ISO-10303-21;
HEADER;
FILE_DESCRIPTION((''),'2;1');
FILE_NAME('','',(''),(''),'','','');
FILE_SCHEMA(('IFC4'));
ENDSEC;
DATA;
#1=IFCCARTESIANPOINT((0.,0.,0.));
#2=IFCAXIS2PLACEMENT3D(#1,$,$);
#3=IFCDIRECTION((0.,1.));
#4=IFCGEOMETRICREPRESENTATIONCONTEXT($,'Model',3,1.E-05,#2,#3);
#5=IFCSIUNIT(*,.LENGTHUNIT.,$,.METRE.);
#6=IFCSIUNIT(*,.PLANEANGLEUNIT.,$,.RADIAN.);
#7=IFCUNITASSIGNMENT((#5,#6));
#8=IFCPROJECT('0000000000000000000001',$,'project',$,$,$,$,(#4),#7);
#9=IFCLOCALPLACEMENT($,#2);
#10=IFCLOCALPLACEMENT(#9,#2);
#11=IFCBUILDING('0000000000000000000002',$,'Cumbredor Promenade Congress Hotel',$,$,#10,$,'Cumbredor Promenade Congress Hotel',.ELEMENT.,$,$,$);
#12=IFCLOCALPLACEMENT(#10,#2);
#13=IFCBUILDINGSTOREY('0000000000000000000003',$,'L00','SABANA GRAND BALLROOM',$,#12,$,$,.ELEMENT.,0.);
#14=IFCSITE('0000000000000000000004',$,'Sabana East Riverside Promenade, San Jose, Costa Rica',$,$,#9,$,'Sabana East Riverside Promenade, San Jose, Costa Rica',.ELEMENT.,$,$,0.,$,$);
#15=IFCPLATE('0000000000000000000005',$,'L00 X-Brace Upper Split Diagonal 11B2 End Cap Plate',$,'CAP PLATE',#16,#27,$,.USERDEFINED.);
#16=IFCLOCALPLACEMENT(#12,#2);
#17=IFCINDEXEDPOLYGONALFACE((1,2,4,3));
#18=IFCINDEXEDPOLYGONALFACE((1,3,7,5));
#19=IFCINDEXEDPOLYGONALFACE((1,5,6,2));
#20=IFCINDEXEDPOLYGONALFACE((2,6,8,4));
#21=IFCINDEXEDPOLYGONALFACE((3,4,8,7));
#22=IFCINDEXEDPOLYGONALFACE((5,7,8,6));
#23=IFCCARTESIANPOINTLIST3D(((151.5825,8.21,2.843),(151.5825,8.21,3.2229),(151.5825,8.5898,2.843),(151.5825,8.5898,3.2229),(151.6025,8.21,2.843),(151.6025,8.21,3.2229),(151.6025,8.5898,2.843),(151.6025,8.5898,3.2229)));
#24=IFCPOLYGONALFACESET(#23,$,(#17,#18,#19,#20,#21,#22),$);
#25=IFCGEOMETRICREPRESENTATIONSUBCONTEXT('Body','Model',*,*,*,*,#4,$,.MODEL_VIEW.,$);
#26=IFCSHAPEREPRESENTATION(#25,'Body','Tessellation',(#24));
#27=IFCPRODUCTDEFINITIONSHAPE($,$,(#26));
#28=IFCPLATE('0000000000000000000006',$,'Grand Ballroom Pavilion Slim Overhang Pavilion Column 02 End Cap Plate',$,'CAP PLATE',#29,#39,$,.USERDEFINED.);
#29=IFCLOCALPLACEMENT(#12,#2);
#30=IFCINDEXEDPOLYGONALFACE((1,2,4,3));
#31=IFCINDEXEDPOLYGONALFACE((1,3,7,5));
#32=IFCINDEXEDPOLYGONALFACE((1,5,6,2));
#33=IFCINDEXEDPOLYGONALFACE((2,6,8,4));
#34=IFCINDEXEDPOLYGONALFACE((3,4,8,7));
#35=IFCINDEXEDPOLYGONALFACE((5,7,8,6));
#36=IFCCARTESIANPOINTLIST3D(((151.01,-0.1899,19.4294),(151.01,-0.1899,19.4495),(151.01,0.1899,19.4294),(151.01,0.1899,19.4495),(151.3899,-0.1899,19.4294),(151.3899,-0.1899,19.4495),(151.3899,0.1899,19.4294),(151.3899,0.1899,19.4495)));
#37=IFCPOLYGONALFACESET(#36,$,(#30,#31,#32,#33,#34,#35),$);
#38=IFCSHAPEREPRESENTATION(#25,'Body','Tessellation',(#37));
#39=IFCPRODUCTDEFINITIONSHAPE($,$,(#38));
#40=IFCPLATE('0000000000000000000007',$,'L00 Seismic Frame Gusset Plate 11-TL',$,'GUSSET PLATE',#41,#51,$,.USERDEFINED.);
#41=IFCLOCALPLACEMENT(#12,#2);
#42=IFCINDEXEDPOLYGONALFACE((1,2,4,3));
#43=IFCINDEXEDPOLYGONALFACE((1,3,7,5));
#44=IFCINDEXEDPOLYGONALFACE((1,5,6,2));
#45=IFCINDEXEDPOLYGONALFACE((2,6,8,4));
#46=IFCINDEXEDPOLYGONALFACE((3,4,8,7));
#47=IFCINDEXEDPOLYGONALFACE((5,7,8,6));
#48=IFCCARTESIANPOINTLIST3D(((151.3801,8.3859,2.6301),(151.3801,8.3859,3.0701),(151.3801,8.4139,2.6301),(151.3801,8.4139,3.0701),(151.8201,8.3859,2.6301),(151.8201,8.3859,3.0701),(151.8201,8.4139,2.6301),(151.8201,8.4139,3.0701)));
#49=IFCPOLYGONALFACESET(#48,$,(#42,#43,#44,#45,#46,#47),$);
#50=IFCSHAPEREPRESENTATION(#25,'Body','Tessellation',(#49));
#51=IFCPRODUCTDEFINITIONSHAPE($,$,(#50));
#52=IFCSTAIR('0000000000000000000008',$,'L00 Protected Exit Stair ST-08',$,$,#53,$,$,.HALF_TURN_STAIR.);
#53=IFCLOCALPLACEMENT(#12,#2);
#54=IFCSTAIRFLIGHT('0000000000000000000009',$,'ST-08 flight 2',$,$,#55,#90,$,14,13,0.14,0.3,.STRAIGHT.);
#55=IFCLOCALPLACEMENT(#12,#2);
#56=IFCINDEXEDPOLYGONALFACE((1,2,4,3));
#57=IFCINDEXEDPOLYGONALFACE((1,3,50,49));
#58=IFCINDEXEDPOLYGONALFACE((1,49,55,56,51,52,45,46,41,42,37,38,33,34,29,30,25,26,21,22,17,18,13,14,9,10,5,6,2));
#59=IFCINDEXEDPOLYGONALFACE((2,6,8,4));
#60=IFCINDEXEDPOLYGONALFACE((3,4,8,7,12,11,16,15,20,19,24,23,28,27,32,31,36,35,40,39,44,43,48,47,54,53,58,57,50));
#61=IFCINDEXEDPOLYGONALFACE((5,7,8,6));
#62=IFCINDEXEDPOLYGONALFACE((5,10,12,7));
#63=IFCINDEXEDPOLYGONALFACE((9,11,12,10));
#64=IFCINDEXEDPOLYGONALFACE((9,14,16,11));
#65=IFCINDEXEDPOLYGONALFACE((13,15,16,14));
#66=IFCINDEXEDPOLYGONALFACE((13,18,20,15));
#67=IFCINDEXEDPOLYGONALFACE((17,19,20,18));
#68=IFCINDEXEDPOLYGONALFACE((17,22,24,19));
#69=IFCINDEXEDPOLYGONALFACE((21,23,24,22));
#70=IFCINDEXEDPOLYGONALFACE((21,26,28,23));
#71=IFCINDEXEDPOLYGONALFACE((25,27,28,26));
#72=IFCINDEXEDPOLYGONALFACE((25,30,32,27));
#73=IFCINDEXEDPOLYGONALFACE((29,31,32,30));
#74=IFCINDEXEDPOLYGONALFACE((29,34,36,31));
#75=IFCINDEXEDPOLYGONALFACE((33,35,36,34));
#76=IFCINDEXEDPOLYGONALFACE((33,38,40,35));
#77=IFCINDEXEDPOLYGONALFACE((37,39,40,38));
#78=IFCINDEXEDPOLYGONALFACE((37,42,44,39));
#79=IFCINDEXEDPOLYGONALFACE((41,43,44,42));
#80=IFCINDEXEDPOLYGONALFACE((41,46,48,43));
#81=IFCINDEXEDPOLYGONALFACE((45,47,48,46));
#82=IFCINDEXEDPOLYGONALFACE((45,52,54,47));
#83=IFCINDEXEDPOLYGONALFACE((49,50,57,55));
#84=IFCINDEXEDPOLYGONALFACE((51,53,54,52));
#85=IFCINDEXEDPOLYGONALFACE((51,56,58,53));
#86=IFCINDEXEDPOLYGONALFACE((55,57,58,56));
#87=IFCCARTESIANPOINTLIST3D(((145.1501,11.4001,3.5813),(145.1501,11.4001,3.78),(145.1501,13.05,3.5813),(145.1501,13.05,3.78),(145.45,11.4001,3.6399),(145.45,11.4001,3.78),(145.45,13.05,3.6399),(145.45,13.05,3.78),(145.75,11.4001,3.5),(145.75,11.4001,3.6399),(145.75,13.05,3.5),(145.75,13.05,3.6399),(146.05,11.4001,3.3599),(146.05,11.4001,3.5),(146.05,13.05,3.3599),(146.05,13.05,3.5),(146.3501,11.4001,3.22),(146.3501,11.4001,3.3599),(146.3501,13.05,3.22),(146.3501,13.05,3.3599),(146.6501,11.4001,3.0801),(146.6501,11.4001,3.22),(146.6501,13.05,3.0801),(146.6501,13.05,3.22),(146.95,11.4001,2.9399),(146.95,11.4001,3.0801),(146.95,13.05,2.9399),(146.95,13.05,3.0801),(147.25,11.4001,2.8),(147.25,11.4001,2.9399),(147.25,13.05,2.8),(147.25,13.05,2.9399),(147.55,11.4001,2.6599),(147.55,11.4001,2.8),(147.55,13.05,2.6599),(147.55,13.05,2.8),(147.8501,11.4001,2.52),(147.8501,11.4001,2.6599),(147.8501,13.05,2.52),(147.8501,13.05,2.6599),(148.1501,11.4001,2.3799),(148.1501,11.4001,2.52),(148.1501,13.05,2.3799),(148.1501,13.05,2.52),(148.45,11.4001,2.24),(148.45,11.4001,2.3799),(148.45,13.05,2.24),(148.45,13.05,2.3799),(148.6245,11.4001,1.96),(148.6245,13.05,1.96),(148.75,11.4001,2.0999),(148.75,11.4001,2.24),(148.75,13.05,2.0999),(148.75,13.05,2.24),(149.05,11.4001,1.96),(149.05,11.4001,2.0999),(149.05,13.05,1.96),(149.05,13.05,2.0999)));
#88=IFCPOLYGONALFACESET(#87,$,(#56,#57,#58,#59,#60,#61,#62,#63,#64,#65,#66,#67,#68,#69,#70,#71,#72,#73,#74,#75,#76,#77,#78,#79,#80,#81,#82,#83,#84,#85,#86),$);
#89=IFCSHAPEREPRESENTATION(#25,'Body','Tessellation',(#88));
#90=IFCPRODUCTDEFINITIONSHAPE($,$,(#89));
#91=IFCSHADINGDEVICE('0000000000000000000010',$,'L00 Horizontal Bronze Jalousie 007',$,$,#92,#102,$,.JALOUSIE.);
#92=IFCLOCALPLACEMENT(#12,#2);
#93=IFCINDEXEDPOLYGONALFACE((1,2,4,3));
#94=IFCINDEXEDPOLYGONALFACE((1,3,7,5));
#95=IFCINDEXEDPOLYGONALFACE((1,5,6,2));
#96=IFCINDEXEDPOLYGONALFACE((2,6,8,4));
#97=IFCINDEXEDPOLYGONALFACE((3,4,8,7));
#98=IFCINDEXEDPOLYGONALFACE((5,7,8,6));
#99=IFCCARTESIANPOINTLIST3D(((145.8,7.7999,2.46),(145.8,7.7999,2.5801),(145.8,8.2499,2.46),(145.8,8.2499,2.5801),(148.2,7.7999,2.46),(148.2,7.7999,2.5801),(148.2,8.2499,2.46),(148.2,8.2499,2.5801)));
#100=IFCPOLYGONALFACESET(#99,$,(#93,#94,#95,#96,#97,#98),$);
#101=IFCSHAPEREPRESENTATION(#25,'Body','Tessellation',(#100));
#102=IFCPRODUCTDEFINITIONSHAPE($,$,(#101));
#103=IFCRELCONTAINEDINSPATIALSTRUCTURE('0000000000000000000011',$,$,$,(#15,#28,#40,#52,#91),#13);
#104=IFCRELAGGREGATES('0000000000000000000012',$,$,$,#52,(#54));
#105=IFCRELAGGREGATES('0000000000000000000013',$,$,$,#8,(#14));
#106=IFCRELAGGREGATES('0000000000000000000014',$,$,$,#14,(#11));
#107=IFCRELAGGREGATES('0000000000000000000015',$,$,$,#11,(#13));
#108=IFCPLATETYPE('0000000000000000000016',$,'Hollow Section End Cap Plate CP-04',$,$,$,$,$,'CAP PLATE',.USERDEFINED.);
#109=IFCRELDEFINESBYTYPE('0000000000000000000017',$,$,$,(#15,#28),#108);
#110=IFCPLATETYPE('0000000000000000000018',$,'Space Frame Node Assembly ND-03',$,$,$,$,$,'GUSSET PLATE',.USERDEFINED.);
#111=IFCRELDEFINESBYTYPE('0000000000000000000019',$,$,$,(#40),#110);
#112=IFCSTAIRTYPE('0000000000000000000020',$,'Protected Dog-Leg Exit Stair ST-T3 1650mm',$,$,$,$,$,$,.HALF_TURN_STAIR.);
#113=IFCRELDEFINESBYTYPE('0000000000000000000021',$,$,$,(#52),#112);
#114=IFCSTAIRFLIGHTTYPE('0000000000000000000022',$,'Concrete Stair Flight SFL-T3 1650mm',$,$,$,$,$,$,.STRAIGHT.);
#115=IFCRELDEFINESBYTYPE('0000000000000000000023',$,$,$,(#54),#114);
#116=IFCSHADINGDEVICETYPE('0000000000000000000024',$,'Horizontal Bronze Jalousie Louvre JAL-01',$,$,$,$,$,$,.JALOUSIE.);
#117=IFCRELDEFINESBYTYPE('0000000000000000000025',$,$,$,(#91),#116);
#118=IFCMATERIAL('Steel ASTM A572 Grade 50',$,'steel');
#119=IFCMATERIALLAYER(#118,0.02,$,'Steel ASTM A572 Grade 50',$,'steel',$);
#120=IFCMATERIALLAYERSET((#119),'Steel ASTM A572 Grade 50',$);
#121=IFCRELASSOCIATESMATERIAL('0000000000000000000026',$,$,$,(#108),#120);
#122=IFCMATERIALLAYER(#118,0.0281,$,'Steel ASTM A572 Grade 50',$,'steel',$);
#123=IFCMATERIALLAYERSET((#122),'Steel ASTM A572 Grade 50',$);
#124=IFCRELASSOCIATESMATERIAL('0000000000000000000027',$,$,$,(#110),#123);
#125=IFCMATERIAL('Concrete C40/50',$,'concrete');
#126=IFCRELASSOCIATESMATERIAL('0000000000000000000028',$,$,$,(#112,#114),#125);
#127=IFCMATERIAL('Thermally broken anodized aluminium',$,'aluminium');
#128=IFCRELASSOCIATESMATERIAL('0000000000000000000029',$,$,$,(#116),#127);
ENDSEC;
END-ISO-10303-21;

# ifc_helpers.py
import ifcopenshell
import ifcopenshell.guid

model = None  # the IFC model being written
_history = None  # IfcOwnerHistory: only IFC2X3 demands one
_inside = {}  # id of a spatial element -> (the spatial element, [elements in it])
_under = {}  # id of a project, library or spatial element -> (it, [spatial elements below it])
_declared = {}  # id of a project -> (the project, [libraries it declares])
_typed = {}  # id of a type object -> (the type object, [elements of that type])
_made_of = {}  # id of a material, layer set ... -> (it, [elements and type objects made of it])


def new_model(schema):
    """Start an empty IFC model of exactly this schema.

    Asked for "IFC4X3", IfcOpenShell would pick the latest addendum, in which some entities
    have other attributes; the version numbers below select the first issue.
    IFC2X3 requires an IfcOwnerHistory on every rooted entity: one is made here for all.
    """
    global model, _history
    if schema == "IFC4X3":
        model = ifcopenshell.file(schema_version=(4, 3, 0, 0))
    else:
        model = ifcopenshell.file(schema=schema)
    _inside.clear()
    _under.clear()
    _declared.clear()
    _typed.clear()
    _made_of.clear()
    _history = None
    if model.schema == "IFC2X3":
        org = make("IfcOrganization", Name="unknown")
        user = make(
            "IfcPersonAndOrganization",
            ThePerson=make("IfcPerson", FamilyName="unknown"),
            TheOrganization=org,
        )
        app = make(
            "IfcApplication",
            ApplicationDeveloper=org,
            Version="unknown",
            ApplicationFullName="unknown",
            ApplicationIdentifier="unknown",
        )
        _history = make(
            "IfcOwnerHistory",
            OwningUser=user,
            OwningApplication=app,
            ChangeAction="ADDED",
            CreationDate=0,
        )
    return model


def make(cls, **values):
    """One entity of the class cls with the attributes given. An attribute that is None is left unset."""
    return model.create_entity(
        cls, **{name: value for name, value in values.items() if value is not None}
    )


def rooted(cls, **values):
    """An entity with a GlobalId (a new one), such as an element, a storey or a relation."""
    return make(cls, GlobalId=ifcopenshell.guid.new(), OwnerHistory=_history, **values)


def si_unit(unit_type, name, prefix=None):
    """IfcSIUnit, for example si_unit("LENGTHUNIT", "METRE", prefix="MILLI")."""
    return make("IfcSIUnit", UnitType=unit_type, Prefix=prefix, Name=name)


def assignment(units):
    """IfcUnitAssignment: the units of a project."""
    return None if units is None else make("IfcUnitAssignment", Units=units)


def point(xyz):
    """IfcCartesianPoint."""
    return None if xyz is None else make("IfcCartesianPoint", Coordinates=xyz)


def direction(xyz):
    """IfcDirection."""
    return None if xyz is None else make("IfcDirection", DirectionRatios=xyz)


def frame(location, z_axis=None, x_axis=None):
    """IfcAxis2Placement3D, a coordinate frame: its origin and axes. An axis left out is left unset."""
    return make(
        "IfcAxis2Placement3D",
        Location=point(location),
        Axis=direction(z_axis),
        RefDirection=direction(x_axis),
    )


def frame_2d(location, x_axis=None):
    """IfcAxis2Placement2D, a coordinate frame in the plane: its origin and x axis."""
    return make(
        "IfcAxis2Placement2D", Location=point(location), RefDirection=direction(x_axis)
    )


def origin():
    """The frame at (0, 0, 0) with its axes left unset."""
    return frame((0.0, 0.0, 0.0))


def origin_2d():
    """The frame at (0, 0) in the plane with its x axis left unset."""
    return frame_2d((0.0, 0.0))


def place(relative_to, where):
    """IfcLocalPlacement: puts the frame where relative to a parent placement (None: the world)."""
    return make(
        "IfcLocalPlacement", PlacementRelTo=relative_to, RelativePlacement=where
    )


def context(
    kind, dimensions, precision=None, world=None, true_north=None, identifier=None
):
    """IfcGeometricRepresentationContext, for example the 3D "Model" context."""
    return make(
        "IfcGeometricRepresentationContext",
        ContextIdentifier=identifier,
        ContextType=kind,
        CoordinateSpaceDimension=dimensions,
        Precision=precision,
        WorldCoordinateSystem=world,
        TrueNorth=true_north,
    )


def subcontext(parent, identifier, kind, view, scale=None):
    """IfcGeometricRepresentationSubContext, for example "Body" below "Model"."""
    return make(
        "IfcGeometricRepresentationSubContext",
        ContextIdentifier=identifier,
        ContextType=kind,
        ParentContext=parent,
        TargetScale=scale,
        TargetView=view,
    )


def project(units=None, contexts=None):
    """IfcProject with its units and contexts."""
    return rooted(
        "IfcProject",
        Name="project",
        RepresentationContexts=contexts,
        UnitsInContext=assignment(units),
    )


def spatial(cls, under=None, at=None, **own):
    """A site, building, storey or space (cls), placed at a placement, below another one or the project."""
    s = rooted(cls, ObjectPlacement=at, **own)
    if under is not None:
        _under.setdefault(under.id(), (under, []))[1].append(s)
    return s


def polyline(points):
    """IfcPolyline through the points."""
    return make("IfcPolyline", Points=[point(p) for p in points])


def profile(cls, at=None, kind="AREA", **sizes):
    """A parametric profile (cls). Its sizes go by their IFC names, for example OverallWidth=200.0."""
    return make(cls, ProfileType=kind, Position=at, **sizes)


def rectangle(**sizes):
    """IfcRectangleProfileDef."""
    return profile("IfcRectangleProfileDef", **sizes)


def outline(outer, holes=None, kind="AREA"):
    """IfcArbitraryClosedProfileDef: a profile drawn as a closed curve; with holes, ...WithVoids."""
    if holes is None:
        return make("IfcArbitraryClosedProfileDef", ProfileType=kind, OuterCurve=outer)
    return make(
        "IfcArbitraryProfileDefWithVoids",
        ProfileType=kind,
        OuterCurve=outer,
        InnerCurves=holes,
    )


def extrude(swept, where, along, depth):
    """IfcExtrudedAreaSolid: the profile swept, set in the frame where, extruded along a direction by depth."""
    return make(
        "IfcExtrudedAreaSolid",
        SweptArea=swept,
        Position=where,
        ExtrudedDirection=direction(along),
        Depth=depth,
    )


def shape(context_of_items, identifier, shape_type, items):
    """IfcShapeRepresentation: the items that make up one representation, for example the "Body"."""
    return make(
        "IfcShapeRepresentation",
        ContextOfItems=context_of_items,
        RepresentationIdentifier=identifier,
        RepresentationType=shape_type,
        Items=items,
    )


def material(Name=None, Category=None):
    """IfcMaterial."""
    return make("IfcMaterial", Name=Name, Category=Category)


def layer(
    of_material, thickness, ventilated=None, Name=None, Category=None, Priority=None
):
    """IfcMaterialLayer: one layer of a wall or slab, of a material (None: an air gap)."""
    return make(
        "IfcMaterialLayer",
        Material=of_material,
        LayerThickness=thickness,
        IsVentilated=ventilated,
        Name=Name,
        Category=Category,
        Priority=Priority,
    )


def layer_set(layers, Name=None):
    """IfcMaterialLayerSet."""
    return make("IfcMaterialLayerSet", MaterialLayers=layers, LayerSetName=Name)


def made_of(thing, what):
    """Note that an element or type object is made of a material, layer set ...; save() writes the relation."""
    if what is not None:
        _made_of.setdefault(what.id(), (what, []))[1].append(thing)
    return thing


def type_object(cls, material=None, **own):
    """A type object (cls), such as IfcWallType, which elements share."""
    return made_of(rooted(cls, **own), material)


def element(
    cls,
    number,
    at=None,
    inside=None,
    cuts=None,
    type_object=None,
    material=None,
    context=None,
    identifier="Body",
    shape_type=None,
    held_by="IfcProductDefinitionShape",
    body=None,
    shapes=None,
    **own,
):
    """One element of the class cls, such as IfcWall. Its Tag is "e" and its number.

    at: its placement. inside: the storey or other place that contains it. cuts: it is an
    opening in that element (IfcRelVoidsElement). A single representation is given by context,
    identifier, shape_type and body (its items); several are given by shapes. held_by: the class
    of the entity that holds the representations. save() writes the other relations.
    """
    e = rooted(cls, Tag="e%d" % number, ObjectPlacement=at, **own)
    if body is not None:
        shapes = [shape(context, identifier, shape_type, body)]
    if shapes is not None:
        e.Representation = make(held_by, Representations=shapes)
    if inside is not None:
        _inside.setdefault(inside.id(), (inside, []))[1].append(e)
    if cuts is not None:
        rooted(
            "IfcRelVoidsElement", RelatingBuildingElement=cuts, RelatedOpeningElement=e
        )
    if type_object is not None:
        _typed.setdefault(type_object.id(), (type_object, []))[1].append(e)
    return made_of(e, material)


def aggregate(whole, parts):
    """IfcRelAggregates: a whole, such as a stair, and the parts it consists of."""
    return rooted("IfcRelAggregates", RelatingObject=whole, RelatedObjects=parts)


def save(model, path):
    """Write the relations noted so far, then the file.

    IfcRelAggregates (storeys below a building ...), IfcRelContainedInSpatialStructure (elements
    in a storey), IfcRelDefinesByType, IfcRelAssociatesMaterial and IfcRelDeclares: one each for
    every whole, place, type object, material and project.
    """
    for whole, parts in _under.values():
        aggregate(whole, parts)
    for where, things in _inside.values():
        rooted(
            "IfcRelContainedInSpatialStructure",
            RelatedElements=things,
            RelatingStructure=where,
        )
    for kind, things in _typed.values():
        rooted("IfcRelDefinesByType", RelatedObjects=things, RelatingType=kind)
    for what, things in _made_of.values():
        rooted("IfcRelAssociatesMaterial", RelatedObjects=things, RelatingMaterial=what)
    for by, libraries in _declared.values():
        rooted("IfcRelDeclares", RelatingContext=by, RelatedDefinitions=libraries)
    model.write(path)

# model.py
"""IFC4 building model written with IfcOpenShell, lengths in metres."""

from ifc_helpers import new_model, si_unit, direction, frame, origin, origin_2d, place, context, subcontext, project, spatial, polyline, rectangle, outline, extrude, material, layer, layer_set, type_object, element, aggregate, save


model = new_model("IFC4")

# Units and contexts
model_context = context("Model", 3, precision=1e-05, world=origin(), true_north=direction((0.0, 1.0)))
body_context = subcontext(model_context, "Body", "Model", "MODEL_VIEW")
ifc_project = project(units=[si_unit("LENGTHUNIT", "METRE"), si_unit("PLANEANGLEUNIT", "RADIAN")], contexts=[model_context])

# Site, building, storey
site_placement = place(None, origin())
site = spatial("IfcSite", under=ifc_project, at=site_placement, Name="Sabana East Riverside Promenade, San Jose, Costa Rica", LongName="Sabana East Riverside Promenade, San Jose, Costa Rica", CompositionType="ELEMENT", RefElevation=0.0)
building_placement = place(site_placement, origin())
building = spatial("IfcBuilding", under=site, at=building_placement, Name="Cumbredor Promenade Congress Hotel", LongName="Cumbredor Promenade Congress Hotel", CompositionType="ELEMENT")
storey_placement = place(building_placement, origin())
storey = spatial("IfcBuildingStorey", under=building, at=storey_placement, Name="L00", Description="SABANA GRAND BALLROOM", CompositionType="ELEMENT", Elevation=0.0)

# Shared definitions
ifc_material_1 = material(Name="Concrete C40/50", Category="concrete")

# Shared definitions
ifc_material_2 = material(Name="Thermally broken anodized aluminium", Category="aluminium")

# Plates
ifc_material_3 = material(Name="Steel ASTM A572 Grade 50", Category="steel")
ifc_layer_1 = layer(ifc_material_3, 0.02, Name="Steel ASTM A572 Grade 50", Category="steel")
ifc_layer_set_1 = layer_set([ifc_layer_1], Name="Steel ASTM A572 Grade 50")
plate_type_1 = type_object("IfcPlateType", Name="Hollow Section End Cap Plate CP-04", ElementType="CAP PLATE", PredefinedType="USERDEFINED", material=ifc_layer_set_1)
plate_1_placement = place(storey_placement, frame((151.5925, 8.3999, 2.843), z_axis=(0.0, 0.0, 1.0), x_axis=(-1.0, 0.0, 0.0)))
element("IfcPlate", 1, at=plate_1_placement, inside=storey, type_object=plate_type_1, Name="L00 X-Brace Upper Split Diagonal 11B2 End Cap Plate", ObjectType="CAP PLATE", PredefinedType="USERDEFINED", context=body_context, shape_type="SweptSolid", body=[
    extrude(rectangle(XDim=0.02, YDim=0.3799, at=origin_2d()), origin(), (0.0, 0.0, 1.0), 0.3799),
])
plate_2_placement = place(storey_placement, frame((151.2, 0.0, 19.4294), z_axis=(0.0, 0.0, 1.0), x_axis=(1.0, 0.0, 0.0)))
element("IfcPlate", 2, at=plate_2_placement, inside=storey, type_object=plate_type_1, Name="Grand Ballroom Pavilion Slim Overhang Pavilion Column 02 End Cap Plate", ObjectType="CAP PLATE", PredefinedType="USERDEFINED", context=body_context, shape_type="SweptSolid", body=[
    extrude(rectangle(XDim=0.3799, YDim=0.3799, at=origin_2d()), origin(), (0.0, 0.0, 1.0), 0.02),
])
ifc_layer_2 = layer(ifc_material_3, 0.0281, Name="Steel ASTM A572 Grade 50", Category="steel")
ifc_layer_set_2 = layer_set([ifc_layer_2], Name="Steel ASTM A572 Grade 50")
plate_type_2 = type_object("IfcPlateType", Name="Space Frame Node Assembly ND-03", ElementType="GUSSET PLATE", PredefinedType="USERDEFINED", material=ifc_layer_set_2)
plate_3_placement = place(storey_placement, frame((151.6001, 8.3999, 2.6301), z_axis=(0.0, 0.0, 1.0), x_axis=(1.0, 0.0, 0.0)))
element("IfcPlate", 3, at=plate_3_placement, inside=storey, type_object=plate_type_2, Name="L00 Seismic Frame Gusset Plate 11-TL", ObjectType="GUSSET PLATE", PredefinedType="USERDEFINED", context=body_context, shape_type="SweptSolid", body=[
    extrude(rectangle(XDim=0.4399, YDim=0.0281, at=origin_2d()), origin(), (0.0, 0.0, 1.0), 0.4399),
])

# Stair, stair flight
stair_type = type_object("IfcStairType", Name="Protected Dog-Leg Exit Stair ST-T3 1650mm", PredefinedType="HALF_TURN_STAIR", material=ifc_material_1)
stair_placement = place(storey_placement, origin())
stair = element("IfcStair", 4, at=stair_placement, inside=storey, type_object=stair_type, Name="L00 Protected Exit Stair ST-08", PredefinedType="HALF_TURN_STAIR")
stair_flight_type = type_object("IfcStairFlightType", Name="Concrete Stair Flight SFL-T3 1650mm", PredefinedType="STRAIGHT", material=ifc_material_1)
stair_flight_placement = place(storey_placement, frame((149.05, 12.2251, 1.96), z_axis=(0.0, 0.0, 1.0), x_axis=(-1.0, 0.0, 0.0)))
stair_flight = element("IfcStairFlight", 5, at=stair_flight_placement, type_object=stair_flight_type, Name="ST-08 flight 2", NumberOfRisers=14, NumberOfTreads=13, PredefinedType="STRAIGHT", RiserHeight=0.14, TreadLength=0.3, context=body_context, shape_type="SweptSolid", body=[
    extrude(outline(polyline([(0.0, 0.0), (0.0, 0.1399), (0.3, 0.1399), (0.3, 0.28), (0.6001, 0.28), (0.6001, 0.4199), (0.8999, 0.4199), (0.8999, 0.5601), (1.2, 0.5601), (1.2, 0.7), (1.5, 0.7), (1.5, 0.8401), (1.8, 0.8401), (1.8, 0.98), (2.1001, 0.98), (2.1001, 1.1201), (2.3999, 1.1201), (2.3999, 1.26), (2.7, 1.26), (2.7, 1.3999), (3.0, 1.3999), (3.0, 1.54), (3.3, 1.54), (3.3, 1.6799), (3.6001, 1.6799), (3.6001, 1.8201), (3.8999, 1.8201), (3.8999, 1.96), (3.8999, 1.6213), (0.4255, 0.0), (0.0, 0.0)])), frame((0.0, 0.825, 0.0), z_axis=(0.0, -1.0, 0.0), x_axis=(1.0, 0.0, 0.0)), (0.0, 0.0, 1.0), 1.6499),
])
aggregate(stair, [stair_flight])

# Shading device
shading_device_type = type_object("IfcShadingDeviceType", Name="Horizontal Bronze Jalousie Louvre JAL-01", PredefinedType="JALOUSIE", material=ifc_material_2)
shading_device_placement = place(storey_placement, frame((147.0, 8.0249, 2.46), z_axis=(0.0, 0.0, 1.0), x_axis=(1.0, 0.0, 0.0)))
element("IfcShadingDevice", 6, at=shading_device_placement, inside=storey, type_object=shading_device_type, Name="L00 Horizontal Bronze Jalousie 007", PredefinedType="JALOUSIE", context=body_context, shape_type="SweptSolid", body=[
    extrude(rectangle(XDim=2.3999, YDim=0.45, at=origin_2d()), origin(), (0.0, 0.0, 1.0), 0.1201),
])

save(model, "model.ifc")
